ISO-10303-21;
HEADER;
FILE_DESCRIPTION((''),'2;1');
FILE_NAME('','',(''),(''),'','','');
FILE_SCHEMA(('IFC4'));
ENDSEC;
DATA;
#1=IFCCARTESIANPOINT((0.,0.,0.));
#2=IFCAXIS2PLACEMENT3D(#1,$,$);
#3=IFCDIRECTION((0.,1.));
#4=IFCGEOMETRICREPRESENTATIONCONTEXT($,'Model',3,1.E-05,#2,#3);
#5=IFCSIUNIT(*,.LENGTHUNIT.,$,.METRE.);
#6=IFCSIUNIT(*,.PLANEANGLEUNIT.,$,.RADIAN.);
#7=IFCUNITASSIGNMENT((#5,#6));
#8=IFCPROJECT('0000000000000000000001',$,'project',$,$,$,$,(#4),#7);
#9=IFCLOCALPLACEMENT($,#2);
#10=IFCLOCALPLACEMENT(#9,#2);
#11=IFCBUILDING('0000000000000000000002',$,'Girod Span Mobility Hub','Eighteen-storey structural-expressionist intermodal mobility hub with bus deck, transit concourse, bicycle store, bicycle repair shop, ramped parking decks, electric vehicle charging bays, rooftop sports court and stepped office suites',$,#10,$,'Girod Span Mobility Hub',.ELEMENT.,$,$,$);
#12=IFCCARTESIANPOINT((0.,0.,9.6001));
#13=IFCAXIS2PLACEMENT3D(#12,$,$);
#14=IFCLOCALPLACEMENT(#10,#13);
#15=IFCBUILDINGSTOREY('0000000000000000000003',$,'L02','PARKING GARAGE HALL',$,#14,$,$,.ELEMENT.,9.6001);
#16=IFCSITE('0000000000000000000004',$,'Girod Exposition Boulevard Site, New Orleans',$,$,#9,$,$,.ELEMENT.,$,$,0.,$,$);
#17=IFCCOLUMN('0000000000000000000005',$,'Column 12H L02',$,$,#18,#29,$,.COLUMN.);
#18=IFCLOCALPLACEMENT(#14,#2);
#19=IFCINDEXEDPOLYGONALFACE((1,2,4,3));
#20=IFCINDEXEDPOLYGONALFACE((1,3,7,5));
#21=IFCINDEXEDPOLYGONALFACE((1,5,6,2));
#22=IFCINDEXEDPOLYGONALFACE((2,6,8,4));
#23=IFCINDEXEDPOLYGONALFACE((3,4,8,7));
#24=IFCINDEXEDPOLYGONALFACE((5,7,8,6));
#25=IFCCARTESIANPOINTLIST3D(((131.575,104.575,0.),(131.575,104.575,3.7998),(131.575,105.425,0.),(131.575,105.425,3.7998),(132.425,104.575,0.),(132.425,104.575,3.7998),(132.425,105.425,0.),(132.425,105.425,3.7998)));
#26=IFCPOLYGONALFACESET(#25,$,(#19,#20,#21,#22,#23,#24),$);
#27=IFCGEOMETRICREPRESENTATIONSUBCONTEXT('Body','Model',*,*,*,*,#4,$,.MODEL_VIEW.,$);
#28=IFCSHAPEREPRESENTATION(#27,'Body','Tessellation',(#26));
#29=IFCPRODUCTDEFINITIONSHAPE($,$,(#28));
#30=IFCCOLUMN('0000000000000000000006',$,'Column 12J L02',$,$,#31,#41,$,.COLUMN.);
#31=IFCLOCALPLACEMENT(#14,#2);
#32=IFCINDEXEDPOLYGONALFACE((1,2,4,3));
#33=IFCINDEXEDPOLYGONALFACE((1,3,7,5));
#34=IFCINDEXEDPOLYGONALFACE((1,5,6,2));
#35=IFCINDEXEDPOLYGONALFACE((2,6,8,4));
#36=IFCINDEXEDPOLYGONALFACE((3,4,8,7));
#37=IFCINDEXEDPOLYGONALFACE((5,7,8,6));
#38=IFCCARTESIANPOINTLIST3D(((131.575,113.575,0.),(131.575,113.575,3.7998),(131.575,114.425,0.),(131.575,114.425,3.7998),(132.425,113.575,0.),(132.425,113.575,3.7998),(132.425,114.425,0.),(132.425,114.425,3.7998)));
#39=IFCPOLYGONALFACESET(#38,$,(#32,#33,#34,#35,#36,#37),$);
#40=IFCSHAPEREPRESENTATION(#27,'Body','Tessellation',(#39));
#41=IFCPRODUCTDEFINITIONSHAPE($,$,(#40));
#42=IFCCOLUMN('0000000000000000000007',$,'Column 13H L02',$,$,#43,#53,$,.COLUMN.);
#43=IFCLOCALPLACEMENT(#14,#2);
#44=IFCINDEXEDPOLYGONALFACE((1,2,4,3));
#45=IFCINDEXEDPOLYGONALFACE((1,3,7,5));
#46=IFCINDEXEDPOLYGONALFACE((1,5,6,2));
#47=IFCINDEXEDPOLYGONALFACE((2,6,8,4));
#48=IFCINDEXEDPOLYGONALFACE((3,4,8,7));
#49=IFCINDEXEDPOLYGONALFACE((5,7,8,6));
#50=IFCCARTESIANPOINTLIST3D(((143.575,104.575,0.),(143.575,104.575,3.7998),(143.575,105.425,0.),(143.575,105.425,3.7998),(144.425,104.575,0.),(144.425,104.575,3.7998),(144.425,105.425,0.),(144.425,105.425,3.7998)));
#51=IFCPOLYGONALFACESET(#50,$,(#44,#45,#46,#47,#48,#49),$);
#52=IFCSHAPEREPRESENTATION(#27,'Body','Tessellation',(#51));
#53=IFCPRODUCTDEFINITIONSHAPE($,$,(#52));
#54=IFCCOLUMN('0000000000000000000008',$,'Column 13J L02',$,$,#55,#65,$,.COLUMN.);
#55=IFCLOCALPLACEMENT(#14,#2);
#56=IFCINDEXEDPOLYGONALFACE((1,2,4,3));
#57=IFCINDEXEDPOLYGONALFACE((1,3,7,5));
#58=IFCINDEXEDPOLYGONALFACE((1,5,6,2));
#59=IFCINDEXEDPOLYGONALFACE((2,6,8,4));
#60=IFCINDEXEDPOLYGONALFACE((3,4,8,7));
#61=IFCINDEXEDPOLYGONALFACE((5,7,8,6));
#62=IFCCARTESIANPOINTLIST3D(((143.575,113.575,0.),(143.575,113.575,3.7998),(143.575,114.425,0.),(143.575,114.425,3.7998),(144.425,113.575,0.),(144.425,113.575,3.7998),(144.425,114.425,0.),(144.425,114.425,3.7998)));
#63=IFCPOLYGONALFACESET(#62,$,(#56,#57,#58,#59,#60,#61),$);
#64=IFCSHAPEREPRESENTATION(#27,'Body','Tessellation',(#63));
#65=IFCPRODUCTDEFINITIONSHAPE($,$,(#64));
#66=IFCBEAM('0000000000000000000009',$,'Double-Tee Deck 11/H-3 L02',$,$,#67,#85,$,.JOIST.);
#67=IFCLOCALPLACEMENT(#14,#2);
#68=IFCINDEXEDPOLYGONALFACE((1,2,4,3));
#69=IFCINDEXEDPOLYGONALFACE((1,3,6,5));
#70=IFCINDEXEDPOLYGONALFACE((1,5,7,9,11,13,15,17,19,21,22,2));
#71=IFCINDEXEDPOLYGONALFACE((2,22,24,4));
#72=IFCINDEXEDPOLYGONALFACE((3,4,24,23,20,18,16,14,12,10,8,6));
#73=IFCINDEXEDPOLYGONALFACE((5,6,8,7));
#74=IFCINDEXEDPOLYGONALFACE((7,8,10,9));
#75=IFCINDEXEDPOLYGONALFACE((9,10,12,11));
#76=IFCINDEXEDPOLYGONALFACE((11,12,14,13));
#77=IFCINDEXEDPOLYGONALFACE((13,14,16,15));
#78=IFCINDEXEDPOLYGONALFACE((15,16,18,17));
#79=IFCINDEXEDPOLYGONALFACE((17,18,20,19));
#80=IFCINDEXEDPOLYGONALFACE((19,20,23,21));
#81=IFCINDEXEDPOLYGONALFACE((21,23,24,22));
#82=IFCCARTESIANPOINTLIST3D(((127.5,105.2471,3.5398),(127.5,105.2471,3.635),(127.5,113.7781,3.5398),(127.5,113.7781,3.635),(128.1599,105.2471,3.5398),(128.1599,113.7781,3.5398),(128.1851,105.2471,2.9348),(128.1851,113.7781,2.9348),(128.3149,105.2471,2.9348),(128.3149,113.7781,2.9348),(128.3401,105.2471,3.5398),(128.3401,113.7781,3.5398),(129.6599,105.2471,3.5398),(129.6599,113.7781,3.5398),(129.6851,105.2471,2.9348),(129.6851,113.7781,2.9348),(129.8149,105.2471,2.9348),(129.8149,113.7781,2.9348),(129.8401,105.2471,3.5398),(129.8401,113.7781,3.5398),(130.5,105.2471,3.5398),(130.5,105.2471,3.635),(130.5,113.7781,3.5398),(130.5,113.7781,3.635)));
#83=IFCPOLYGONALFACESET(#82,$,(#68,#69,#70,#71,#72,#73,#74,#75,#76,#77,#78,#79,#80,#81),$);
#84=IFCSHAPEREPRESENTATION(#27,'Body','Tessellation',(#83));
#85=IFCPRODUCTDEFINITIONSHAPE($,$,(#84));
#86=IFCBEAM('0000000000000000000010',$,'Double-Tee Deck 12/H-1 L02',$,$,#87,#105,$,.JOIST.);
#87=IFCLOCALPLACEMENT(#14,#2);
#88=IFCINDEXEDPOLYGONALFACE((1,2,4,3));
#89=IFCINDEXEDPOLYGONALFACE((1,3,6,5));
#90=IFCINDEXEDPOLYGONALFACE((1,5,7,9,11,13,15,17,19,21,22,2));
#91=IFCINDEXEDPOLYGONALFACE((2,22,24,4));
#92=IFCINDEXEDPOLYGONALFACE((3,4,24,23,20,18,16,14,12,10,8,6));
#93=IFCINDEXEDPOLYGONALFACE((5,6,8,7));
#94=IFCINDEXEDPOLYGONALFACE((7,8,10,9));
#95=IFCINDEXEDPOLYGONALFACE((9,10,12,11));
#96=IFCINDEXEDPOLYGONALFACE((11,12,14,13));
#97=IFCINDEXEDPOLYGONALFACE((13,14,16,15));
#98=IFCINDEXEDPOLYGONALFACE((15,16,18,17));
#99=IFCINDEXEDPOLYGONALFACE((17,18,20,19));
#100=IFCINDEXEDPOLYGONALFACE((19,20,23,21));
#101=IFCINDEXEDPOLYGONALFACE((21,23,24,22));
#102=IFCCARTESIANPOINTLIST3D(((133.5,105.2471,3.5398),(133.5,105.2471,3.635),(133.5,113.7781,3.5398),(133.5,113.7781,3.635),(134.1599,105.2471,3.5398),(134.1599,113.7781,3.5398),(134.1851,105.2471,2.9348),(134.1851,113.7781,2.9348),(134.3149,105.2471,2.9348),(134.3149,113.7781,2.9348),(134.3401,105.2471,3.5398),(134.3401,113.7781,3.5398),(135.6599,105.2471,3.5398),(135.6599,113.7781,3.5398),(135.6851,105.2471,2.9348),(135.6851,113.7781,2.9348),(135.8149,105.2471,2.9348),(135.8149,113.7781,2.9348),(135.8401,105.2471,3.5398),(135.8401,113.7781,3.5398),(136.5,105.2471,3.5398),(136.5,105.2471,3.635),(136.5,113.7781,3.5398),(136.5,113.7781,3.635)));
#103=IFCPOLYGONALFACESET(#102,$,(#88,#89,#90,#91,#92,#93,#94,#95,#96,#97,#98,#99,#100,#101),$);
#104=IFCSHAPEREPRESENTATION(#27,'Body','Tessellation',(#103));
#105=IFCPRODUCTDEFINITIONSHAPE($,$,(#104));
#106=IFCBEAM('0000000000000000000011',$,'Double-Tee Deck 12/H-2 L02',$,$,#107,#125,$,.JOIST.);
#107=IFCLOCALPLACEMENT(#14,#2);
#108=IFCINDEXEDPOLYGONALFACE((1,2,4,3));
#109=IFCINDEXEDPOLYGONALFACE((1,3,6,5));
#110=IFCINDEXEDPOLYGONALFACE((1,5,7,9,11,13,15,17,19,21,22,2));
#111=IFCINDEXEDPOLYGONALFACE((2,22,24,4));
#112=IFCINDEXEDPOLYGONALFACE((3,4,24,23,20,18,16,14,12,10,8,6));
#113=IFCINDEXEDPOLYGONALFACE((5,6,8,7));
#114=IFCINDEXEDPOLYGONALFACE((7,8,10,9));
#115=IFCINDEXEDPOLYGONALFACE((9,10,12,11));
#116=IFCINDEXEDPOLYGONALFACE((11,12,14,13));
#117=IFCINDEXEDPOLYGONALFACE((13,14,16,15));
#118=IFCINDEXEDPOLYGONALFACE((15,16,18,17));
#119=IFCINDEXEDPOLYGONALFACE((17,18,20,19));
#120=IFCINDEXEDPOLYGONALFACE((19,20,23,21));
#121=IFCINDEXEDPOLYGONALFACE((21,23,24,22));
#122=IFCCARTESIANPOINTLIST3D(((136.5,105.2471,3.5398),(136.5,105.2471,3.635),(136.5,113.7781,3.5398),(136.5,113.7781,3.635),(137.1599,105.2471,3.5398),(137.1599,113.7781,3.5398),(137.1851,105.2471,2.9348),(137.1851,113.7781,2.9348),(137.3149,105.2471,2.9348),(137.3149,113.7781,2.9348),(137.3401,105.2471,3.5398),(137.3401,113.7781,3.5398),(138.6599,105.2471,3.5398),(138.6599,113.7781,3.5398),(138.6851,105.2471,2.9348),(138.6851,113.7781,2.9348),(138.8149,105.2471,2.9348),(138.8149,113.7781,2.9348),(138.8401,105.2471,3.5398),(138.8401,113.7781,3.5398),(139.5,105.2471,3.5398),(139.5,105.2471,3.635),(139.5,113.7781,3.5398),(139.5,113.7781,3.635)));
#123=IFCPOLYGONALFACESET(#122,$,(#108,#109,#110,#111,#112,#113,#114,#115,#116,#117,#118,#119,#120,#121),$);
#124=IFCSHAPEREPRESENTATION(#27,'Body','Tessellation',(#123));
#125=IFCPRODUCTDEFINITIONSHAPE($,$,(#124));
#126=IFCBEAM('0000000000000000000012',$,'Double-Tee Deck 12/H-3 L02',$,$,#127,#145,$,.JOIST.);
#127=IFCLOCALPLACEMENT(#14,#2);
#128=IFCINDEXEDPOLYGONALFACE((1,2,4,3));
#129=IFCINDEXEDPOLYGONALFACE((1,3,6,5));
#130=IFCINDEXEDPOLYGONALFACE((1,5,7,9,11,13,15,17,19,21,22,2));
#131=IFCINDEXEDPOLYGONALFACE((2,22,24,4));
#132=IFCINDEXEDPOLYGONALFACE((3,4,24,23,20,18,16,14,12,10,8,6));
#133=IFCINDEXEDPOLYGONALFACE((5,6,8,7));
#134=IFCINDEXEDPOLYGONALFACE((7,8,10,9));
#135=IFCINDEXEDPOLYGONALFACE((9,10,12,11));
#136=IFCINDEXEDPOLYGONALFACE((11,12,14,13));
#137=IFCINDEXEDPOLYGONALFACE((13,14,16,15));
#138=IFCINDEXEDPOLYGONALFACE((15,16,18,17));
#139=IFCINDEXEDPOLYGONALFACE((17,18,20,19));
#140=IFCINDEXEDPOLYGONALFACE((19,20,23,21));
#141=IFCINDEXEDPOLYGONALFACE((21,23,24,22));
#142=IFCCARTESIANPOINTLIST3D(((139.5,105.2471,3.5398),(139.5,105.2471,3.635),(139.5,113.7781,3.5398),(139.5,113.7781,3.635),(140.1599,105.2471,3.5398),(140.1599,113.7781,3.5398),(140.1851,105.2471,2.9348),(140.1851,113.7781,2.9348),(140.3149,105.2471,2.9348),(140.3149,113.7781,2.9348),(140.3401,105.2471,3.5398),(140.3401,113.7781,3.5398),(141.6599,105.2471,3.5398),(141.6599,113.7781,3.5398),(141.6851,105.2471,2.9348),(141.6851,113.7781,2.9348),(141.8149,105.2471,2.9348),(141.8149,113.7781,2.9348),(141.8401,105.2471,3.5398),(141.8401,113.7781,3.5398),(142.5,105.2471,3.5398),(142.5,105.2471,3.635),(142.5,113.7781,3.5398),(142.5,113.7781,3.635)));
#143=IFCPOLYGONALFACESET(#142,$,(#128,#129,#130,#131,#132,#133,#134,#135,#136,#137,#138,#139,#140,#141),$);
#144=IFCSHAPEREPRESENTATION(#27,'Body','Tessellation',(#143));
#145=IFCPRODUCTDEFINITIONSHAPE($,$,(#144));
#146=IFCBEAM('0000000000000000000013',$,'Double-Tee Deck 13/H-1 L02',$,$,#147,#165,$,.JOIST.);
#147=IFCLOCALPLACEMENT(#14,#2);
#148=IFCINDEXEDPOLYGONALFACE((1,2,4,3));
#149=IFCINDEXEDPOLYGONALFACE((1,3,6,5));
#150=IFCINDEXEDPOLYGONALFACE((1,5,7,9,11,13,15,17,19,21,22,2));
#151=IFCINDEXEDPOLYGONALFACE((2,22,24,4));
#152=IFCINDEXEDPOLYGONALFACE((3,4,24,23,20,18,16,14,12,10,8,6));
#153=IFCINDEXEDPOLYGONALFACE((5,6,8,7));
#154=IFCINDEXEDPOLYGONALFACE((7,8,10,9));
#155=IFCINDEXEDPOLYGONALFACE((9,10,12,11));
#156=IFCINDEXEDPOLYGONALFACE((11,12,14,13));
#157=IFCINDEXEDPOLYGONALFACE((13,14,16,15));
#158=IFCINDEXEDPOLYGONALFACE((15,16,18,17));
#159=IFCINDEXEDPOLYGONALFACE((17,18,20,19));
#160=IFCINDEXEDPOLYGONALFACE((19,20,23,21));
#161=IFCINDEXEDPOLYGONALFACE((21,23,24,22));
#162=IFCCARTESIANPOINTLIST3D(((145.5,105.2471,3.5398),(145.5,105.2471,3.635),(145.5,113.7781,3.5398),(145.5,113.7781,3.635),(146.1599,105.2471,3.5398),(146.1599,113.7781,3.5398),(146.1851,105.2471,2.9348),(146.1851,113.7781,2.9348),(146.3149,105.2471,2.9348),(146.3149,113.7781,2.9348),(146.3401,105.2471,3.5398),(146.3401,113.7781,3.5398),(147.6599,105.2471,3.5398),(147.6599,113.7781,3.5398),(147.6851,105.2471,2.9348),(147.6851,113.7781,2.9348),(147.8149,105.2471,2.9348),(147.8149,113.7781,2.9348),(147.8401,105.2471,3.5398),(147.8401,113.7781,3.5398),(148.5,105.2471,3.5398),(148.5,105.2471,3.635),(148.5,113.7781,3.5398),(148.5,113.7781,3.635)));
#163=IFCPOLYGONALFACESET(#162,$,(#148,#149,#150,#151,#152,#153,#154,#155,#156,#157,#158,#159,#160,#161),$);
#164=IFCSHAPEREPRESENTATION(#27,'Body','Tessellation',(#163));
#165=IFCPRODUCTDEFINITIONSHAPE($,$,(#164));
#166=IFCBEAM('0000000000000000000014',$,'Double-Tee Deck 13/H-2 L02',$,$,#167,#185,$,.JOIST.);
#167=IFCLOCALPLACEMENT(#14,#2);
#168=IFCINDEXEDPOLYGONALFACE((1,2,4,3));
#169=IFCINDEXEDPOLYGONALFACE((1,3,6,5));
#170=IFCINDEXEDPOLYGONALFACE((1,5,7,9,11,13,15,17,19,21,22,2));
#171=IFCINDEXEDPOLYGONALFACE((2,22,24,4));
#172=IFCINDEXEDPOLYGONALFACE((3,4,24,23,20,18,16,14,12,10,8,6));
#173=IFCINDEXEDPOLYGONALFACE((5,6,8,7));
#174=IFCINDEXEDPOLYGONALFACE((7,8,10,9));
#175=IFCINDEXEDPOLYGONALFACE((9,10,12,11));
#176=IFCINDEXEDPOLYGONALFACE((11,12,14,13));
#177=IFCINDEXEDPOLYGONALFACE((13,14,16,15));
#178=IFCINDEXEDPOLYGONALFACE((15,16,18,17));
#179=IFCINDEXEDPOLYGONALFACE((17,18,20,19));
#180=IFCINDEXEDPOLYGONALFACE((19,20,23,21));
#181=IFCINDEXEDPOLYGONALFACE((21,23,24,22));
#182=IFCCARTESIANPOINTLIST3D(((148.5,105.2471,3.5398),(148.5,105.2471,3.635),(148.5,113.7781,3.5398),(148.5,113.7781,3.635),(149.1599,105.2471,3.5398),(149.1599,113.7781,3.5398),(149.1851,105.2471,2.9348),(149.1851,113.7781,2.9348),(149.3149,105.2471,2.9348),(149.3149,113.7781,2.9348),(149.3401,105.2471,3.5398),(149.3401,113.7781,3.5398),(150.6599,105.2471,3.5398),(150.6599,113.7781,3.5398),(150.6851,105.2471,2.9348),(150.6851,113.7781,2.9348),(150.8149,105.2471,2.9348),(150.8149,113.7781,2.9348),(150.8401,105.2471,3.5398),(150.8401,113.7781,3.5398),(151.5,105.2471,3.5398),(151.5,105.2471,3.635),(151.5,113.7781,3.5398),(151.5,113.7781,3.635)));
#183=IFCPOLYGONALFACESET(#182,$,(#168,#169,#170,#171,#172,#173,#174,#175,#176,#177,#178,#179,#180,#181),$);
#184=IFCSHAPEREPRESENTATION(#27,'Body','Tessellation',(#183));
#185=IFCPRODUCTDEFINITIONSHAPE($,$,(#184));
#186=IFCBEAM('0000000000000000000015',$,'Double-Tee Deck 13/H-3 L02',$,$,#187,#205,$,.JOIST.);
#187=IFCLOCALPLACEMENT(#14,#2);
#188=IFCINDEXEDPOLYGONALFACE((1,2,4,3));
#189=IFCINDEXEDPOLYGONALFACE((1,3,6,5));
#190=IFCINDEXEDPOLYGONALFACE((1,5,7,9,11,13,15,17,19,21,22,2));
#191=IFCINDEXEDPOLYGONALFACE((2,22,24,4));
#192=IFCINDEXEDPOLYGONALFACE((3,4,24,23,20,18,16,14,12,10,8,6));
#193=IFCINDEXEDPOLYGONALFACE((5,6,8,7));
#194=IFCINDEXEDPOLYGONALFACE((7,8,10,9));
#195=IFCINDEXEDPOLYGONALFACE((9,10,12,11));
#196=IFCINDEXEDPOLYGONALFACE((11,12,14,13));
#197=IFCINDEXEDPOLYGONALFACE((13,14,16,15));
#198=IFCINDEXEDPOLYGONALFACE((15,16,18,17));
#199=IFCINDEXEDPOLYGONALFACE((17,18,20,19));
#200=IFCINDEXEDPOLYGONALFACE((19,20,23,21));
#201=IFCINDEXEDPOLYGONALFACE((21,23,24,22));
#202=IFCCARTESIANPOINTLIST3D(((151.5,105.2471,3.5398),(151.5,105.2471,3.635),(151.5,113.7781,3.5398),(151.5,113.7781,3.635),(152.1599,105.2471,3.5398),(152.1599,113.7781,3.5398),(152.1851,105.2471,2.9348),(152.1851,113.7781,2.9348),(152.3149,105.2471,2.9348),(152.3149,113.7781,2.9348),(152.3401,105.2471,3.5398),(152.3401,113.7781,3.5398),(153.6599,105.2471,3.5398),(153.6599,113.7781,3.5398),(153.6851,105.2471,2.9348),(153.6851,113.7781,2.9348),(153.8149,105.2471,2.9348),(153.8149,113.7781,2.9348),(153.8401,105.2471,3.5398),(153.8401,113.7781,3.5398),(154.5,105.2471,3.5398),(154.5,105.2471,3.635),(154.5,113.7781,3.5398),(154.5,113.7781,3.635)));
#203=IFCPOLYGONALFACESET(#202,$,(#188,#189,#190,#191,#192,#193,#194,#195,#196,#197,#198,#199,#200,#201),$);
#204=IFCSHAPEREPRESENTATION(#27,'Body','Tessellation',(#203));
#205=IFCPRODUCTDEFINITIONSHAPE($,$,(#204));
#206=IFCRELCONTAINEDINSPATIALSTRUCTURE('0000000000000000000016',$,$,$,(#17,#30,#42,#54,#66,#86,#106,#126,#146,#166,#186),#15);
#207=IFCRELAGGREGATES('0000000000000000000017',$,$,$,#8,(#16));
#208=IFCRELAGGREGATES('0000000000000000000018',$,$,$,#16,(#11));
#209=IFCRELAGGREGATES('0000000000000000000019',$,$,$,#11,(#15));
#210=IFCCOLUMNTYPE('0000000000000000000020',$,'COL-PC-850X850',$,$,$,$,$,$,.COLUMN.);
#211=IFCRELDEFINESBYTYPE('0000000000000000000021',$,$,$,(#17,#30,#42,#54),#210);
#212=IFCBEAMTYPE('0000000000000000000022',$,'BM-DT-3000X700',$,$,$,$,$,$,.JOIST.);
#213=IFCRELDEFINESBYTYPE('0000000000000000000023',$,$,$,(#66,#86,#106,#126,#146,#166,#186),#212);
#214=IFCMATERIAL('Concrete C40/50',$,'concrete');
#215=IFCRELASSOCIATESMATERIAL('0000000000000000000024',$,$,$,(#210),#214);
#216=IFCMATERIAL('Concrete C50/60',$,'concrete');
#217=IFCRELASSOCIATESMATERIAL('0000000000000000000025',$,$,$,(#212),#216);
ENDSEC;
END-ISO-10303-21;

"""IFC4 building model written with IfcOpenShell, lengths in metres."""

from ifc_helpers import new_model, si_unit, direction, frame, origin, origin_2d, place, context, subcontext, project, spatial, polyline, rectangle, outline, extrude, material, material_profile, profile_set, type_object, element, save


model = new_model("IFC4")

# Units and contexts
model_context = context("Model", 3, precision=1e-05, world=origin(), true_north=direction((0.0, 1.0)))
body_context = subcontext(model_context, "Body", "Model", "MODEL_VIEW")
ifc_project = project(units=[si_unit("LENGTHUNIT", "METRE"), si_unit("PLANEANGLEUNIT", "RADIAN")], contexts=[model_context])

# Site, building, storey
site_placement = place(None, origin())
site = spatial("IfcSite", under=ifc_project, at=site_placement, Name="Girod Exposition Boulevard Site, New Orleans", CompositionType="ELEMENT", RefElevation=0.0)
building_placement = place(site_placement, origin())
building = spatial("IfcBuilding", under=site, at=building_placement, Name="Girod Span Mobility Hub", Description="Eighteen-storey structural-expressionist intermodal mobility hub with bus deck, transit concourse, bicycle store, bicycle repair shop, ramped parking decks, electric vehicle charging bays, rooftop sports court and stepped office suites", LongName="Girod Span Mobility Hub", CompositionType="ELEMENT")
storey_placement = place(building_placement, frame((0.0, 0.0, 9.6001)))
storey = spatial("IfcBuildingStorey", under=building, at=storey_placement, Name="L02", Description="PARKING GARAGE HALL", CompositionType="ELEMENT", Elevation=9.6001)

# Columns
ifc_material_1 = material(Name="Concrete C40/50", Category="concrete")
ifc_material_profile_1 = material_profile(ifc_material_1, rectangle(XDim=0.8501, YDim=0.8501, at=origin_2d()), Name="PC-COL-850X850")
ifc_profile_set_1 = profile_set([ifc_material_profile_1], Name="Concrete C40/50")
column_type = type_object("IfcColumnType", Name="COL-PC-850X850", PredefinedType="COLUMN", material=ifc_profile_set_1)
for number, where, z_axis, x_axis, name in (
    (1, (132.0, 105.0, 0.0), (0.0, 0.0, 1.0), (1.0, 0.0, 0.0), "Column 12H L02"),
    (2, (132.0, 114.0, 0.0), (0.0, 0.0, 1.0), (1.0, 0.0, 0.0), "Column 12J L02"),
    (3, (144.0, 105.0, 0.0), (0.0, 0.0, 1.0), (1.0, 0.0, 0.0), "Column 13H L02"),
    (4, (144.0, 114.0, 0.0), (0.0, 0.0, 1.0), (1.0, 0.0, 0.0), "Column 13J L02"),
):
    element("IfcColumn", number, at=place(storey_placement, frame(where, z_axis=z_axis, x_axis=x_axis)), inside=storey, type_object=column_type, Name=name, PredefinedType="COLUMN", context=body_context, shape_type="SweptSolid", body=[
        extrude(rectangle(XDim=0.8501, YDim=0.8501, at=origin_2d()), origin(), (0.0, 0.0, 1.0), 3.7998),
    ])

# Beams
ifc_material_2 = material(Name="Concrete C50/60", Category="concrete")
ifc_material_profile_2 = material_profile(ifc_material_2, outline(polyline([(-1.5, 0.3501), (-1.5, 0.2549), (-0.8401, 0.2549), (-0.8149, -0.3501), (-0.6851, -0.3501), (-0.6599, 0.2549), (0.6599, 0.2549), (0.6851, -0.3501), (0.8149, -0.3501), (0.8401, 0.2549), (1.5, 0.2549), (1.5, 0.3501), (-1.5, 0.3501)])), Name="DT-3000X700")
ifc_profile_set_2 = profile_set([ifc_material_profile_2], Name="Concrete C50/60")
beam_type_1 = type_object("IfcBeamType", Name="BM-DT-3000X700", PredefinedType="JOIST", material=ifc_profile_set_2)
for number, where, z_axis, x_axis, name in (
    (5, (129.0, 105.2471, 3.2849), (0.0, 1.0, 0.0), (-1.0, 0.0, 0.0), "Double-Tee Deck 11/H-3 L02"),
    (6, (135.0, 105.2471, 3.2849), (0.0, 1.0, 0.0), (-1.0, 0.0, 0.0), "Double-Tee Deck 12/H-1 L02"),
    (7, (138.0, 105.2471, 3.2849), (0.0, 1.0, 0.0), (-1.0, 0.0, 0.0), "Double-Tee Deck 12/H-2 L02"),
    (8, (141.0, 105.2471, 3.2849), (0.0, 1.0, 0.0), (-1.0, 0.0, 0.0), "Double-Tee Deck 12/H-3 L02"),
    (9, (147.0, 105.2471, 3.2849), (0.0, 1.0, 0.0), (-1.0, 0.0, 0.0), "Double-Tee Deck 13/H-1 L02"),
    (10, (150.0, 105.2471, 3.2849), (0.0, 1.0, 0.0), (-1.0, 0.0, 0.0), "Double-Tee Deck 13/H-2 L02"),
    (11, (153.0, 105.2471, 3.2849), (0.0, 1.0, 0.0), (-1.0, 0.0, 0.0), "Double-Tee Deck 13/H-3 L02"),
):
    element("IfcBeam", number, at=place(storey_placement, frame(where, z_axis=z_axis, x_axis=x_axis)), inside=storey, type_object=beam_type_1, Name=name, PredefinedType="JOIST", context=body_context, shape_type="SweptSolid", body=[
        extrude(outline(polyline([(-1.5, 0.3501), (-1.5, 0.2549), (-0.8401, 0.2549), (-0.8149, -0.3501), (-0.6851, -0.3501), (-0.6599, 0.2549), (0.6599, 0.2549), (0.6851, -0.3501), (0.8149, -0.3501), (0.8401, 0.2549), (1.5, 0.2549), (1.5, 0.3501), (-1.5, 0.3501)])), origin(), (0.0, 0.0, 1.0), 8.531),
    ])

save(model, "model.ifc")
